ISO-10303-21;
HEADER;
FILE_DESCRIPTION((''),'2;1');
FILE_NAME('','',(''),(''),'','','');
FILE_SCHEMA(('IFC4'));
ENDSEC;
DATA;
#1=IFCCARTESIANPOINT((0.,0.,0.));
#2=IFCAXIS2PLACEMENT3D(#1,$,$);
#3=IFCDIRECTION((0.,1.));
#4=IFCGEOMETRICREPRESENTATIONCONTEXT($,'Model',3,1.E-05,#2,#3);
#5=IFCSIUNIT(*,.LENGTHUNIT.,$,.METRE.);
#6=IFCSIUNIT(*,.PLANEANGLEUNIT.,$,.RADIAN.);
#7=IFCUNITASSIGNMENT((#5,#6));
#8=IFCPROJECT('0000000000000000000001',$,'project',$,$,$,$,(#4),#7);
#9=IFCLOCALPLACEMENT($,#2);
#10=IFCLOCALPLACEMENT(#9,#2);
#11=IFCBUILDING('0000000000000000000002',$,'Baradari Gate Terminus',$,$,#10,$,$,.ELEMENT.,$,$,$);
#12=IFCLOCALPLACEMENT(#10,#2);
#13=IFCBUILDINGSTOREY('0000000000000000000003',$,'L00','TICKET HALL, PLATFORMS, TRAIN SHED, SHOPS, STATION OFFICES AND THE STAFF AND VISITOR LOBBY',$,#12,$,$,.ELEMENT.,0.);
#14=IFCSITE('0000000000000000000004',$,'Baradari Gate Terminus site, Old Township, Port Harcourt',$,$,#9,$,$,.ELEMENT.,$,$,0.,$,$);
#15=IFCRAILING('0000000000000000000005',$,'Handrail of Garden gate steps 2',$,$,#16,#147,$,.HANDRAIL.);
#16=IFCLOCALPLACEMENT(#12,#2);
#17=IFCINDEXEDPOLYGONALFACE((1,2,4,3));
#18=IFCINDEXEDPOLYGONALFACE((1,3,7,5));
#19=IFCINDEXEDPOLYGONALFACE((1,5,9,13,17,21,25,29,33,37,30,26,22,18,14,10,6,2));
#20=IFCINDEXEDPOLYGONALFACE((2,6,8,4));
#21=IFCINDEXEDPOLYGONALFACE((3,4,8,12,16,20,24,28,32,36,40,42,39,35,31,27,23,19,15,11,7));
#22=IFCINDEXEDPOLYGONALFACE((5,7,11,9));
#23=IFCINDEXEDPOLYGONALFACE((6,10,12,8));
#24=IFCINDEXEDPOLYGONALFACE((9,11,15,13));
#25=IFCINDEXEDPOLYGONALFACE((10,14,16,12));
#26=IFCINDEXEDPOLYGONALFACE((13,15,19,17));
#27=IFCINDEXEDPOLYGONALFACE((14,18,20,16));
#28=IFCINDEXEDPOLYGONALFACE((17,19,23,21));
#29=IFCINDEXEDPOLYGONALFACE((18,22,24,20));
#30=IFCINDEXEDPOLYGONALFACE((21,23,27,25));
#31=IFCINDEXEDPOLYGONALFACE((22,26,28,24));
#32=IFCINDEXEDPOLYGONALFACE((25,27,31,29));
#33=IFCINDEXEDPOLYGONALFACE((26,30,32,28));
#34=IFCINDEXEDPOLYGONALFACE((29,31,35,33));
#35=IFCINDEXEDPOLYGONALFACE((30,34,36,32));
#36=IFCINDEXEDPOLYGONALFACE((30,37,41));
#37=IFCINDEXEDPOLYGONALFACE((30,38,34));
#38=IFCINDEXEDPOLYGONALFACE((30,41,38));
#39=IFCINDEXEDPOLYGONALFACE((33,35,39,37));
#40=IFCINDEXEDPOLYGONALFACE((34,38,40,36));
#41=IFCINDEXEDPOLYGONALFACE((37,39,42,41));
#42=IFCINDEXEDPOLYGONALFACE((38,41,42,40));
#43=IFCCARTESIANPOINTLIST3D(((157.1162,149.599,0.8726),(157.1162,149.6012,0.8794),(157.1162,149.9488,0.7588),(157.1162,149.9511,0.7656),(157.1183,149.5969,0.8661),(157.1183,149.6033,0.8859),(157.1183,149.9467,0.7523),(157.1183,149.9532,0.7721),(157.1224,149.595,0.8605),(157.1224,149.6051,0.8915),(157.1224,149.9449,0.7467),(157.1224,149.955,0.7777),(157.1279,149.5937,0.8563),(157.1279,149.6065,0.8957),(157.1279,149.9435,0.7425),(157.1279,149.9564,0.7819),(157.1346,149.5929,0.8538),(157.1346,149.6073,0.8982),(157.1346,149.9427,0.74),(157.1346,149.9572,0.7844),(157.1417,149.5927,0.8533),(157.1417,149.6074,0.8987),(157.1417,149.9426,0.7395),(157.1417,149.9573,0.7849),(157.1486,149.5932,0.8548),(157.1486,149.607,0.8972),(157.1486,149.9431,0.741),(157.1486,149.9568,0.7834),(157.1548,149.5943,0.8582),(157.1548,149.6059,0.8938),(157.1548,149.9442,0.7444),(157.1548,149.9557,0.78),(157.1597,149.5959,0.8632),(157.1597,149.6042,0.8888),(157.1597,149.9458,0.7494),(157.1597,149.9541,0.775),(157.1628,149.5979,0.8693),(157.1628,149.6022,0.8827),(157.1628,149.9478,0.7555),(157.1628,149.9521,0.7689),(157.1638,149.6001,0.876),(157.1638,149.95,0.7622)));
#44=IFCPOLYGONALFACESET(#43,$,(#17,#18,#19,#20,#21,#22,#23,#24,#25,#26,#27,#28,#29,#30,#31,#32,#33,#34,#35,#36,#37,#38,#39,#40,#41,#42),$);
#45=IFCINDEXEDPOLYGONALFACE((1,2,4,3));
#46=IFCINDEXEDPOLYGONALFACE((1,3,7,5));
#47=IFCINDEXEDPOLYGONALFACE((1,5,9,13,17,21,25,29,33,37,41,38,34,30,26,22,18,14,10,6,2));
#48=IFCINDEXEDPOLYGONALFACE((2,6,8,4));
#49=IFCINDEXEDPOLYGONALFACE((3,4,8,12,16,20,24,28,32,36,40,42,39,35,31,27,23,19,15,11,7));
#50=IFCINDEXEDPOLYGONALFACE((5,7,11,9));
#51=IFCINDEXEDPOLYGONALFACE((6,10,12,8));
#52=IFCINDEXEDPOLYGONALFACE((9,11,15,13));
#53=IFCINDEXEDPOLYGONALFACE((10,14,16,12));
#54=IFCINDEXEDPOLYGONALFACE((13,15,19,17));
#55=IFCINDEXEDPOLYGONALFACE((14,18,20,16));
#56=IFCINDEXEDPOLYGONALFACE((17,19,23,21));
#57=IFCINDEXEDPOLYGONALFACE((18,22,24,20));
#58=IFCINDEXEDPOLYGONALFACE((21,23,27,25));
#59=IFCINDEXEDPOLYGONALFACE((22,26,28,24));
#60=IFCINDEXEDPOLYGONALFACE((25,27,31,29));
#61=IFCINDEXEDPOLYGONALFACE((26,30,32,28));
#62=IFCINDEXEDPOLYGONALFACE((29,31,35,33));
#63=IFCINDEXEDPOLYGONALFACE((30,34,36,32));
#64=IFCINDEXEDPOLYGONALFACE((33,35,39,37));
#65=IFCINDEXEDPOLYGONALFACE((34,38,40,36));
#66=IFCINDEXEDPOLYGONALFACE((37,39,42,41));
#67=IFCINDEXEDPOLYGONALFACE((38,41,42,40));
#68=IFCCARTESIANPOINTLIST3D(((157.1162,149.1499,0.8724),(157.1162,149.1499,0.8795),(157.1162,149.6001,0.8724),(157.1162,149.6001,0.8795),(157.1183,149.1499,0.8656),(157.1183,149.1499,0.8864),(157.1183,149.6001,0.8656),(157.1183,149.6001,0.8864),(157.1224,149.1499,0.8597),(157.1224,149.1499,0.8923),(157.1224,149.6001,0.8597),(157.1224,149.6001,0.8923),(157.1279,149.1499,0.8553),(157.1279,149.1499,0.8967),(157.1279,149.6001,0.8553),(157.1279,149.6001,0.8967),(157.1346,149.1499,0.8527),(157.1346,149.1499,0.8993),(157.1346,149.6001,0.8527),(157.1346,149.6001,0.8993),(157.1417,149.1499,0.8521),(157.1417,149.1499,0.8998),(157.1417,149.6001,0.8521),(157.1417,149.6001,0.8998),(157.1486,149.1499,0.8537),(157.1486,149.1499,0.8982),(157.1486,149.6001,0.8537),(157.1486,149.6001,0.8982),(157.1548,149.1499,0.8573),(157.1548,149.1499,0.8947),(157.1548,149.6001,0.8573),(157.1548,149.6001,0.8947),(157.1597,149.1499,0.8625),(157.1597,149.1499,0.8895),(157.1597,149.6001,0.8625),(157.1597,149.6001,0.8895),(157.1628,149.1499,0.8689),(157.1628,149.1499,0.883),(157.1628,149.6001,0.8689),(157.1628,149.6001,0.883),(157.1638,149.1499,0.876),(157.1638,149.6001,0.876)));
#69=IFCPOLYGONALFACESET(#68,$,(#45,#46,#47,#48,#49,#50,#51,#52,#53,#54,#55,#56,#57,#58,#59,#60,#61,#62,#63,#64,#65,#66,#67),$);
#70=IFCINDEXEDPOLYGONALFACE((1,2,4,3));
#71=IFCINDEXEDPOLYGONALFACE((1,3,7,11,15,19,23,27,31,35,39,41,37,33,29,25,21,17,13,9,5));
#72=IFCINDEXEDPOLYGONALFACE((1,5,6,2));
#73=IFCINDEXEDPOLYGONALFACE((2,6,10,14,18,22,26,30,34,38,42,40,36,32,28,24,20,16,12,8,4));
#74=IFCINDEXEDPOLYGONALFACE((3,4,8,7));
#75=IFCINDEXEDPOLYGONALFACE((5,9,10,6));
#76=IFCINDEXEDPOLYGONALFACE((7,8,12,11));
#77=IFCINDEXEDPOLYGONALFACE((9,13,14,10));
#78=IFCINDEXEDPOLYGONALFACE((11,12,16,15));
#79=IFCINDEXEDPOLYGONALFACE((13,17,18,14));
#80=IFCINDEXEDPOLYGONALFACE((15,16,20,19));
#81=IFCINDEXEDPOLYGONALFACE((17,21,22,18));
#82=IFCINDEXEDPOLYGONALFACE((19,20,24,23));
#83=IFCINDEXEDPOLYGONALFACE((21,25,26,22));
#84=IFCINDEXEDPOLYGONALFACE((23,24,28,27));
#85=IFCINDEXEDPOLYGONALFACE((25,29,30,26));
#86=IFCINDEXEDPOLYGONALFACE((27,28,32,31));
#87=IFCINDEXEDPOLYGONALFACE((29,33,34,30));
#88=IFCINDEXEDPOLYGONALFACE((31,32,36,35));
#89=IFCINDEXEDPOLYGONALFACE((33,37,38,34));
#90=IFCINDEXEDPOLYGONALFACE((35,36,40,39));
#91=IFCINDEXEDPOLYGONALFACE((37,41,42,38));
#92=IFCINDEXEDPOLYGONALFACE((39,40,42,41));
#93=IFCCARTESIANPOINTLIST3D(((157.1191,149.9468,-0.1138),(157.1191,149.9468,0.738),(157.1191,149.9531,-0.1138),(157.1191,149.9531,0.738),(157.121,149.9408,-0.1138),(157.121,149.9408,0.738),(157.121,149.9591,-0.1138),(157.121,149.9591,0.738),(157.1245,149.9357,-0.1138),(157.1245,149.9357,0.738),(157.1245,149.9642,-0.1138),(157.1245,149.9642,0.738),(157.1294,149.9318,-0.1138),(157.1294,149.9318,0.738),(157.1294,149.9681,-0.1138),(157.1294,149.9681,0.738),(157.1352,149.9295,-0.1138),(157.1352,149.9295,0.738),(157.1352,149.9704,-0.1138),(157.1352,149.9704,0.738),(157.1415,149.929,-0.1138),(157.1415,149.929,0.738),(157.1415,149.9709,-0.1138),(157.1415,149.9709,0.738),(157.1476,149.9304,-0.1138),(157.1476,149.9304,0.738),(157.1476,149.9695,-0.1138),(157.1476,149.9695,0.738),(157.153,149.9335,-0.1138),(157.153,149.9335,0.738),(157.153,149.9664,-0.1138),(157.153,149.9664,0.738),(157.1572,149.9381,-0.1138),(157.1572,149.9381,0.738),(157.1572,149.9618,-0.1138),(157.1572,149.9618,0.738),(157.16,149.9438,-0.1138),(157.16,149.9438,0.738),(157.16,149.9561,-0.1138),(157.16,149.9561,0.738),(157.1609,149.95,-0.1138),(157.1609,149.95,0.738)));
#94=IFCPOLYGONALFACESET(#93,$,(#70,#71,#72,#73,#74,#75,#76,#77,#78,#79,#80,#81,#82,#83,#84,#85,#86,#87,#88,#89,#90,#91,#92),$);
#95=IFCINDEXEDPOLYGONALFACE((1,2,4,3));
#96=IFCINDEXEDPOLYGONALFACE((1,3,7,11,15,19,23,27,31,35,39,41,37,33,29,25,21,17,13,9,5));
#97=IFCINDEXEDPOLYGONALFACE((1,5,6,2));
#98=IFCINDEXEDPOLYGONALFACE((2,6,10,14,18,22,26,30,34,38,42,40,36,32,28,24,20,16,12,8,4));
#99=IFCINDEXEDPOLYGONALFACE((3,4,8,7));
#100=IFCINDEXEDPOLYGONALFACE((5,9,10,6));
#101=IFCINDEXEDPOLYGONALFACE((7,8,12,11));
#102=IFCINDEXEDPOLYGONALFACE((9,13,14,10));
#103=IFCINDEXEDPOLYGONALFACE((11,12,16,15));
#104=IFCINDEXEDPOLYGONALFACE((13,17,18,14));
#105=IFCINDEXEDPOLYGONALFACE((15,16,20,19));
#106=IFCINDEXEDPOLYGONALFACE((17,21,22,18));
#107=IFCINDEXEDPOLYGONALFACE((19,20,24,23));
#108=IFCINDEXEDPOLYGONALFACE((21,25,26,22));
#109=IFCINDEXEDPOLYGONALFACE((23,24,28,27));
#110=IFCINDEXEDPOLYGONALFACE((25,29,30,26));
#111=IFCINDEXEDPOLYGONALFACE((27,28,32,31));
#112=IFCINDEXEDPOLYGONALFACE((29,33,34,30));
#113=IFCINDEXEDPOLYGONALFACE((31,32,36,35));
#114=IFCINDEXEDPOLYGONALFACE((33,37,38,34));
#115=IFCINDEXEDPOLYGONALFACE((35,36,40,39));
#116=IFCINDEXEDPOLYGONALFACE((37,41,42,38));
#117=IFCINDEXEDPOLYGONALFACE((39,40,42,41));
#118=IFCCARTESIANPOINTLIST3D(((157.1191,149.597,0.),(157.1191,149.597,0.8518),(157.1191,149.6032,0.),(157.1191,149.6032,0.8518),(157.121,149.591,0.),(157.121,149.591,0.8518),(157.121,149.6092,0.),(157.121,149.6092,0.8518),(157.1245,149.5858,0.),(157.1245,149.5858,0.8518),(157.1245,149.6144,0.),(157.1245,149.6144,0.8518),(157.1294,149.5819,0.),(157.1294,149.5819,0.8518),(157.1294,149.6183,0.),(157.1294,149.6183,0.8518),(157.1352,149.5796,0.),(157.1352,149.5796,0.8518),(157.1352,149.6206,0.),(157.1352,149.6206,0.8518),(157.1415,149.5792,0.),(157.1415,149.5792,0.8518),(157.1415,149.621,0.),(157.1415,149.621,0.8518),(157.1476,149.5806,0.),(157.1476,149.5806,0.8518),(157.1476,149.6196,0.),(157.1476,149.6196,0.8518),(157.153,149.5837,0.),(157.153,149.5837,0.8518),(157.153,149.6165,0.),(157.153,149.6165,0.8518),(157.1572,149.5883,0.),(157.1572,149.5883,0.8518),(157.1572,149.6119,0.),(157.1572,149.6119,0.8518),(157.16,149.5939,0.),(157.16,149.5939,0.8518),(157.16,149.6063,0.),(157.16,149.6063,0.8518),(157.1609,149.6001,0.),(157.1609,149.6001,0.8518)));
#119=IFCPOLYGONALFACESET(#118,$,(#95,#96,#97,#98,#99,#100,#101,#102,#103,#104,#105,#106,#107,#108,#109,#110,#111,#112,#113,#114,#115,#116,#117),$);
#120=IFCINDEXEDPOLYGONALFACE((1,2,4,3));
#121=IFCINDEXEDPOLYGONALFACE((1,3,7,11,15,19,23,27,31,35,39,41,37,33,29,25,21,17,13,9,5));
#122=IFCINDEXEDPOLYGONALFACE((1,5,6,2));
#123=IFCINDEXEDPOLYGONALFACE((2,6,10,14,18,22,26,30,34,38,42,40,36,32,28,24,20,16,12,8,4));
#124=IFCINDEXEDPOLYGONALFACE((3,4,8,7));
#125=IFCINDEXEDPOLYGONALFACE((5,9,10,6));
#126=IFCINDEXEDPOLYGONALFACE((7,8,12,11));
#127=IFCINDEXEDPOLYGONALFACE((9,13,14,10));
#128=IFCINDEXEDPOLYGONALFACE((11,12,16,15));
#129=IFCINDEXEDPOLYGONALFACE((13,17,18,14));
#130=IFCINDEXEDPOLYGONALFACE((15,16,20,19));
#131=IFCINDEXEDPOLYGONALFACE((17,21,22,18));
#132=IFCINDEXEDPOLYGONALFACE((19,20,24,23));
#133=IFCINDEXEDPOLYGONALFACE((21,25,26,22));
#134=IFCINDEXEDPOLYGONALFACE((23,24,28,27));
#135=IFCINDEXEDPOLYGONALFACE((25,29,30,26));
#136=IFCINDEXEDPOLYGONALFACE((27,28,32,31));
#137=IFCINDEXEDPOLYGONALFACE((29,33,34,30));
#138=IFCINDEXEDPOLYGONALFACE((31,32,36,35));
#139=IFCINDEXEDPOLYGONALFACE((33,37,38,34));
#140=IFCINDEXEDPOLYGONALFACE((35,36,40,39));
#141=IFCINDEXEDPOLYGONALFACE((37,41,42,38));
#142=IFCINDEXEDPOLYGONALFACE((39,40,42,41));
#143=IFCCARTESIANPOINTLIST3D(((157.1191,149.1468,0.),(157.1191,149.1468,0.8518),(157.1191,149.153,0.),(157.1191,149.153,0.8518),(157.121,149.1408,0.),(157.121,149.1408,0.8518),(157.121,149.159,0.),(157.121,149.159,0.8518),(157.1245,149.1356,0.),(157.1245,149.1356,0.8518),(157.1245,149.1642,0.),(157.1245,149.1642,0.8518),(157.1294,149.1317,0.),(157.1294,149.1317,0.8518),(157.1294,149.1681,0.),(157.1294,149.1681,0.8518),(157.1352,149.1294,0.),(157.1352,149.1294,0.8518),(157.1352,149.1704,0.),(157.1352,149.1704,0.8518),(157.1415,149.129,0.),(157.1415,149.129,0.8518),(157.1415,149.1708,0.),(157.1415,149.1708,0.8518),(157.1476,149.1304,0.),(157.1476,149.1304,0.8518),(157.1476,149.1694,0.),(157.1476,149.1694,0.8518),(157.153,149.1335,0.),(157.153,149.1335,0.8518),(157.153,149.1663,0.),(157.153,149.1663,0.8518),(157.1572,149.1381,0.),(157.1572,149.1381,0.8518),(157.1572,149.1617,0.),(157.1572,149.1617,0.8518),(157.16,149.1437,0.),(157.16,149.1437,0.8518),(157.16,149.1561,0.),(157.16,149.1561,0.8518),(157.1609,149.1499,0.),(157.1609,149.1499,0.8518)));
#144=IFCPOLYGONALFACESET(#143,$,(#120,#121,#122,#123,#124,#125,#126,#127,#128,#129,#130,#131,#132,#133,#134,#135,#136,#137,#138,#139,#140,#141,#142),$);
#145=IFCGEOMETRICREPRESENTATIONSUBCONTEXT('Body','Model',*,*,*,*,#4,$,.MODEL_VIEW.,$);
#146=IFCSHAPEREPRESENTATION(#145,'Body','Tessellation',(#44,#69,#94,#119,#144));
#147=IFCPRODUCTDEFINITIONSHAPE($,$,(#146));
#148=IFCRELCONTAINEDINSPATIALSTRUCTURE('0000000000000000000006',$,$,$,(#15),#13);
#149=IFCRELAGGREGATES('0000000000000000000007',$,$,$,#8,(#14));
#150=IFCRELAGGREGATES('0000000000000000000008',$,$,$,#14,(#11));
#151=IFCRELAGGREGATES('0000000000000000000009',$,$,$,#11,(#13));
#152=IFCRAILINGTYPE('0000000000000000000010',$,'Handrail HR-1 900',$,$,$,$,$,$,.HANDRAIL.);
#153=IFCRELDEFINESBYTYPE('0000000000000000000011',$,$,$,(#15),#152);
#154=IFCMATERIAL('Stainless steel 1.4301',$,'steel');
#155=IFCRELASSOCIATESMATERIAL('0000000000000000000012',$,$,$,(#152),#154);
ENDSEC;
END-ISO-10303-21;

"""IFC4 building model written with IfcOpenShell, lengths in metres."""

from ifc_helpers import new_model, si_unit, direction, frame, origin, origin_2d, place, context, subcontext, project, spatial, circle, extrude, material, type_object, element, save


model = new_model("IFC4")

# Units and contexts
model_context = context("Model", 3, precision=1e-05, world=origin(), true_north=direction((0.0, 1.0)))
body_context = subcontext(model_context, "Body", "Model", "MODEL_VIEW")
ifc_project = project(units=[si_unit("LENGTHUNIT", "METRE"), si_unit("PLANEANGLEUNIT", "RADIAN")], contexts=[model_context])

# Site, building, storey
site_placement = place(None, origin())
site = spatial("IfcSite", under=ifc_project, at=site_placement, Name="Baradari Gate Terminus site, Old Township, Port Harcourt", CompositionType="ELEMENT", RefElevation=0.0)
building_placement = place(site_placement, origin())
building = spatial("IfcBuilding", under=site, at=building_placement, Name="Baradari Gate Terminus", CompositionType="ELEMENT")
storey_placement = place(building_placement, origin())
storey = spatial("IfcBuildingStorey", under=building, at=storey_placement, Name="L00", Description="TICKET HALL, PLATFORMS, TRAIN SHED, SHOPS, STATION OFFICES AND THE STAFF AND VISITOR LOBBY", CompositionType="ELEMENT", Elevation=0.0)

# Railing
ifc_material_1 = material(Name="Stainless steel 1.4301", Category="steel")
railing_type = type_object("IfcRailingType", Name="Handrail HR-1 900", PredefinedType="HANDRAIL", material=ifc_material_1)
for number, where, name in (
    (1, (157.1399, 149.95, -0.1138), "Handrail of Garden gate steps 2"),
):
    element("IfcRailing", number, at=place(storey_placement, frame(where)), inside=storey, type_object=railing_type, Name=name, PredefinedType="HANDRAIL", context=body_context, shape_type="SweptSolid", body=[
        extrude(circle(Radius=0.0239, at=origin_2d()), frame((0.0, 0.0, 0.876), z_axis=(0.0, -0.95098, 0.309251), x_axis=(1.0, 0.0, 0.0)), (0.0, 0.0, 1.0), 0.3679),
        extrude(circle(Radius=0.0239, at=origin_2d()), frame((0.0, -0.3499, 0.9897), z_axis=(0.0, -1.0, 0.0), x_axis=(1.0, 0.0, 0.0)), (0.0, 0.0, 1.0), 0.4502),
        extrude(circle(Radius=0.021, at=origin_2d()), origin(), (0.0, 0.0, 1.0), 0.8518),
        extrude(circle(Radius=0.021, at=origin_2d()), frame((0.0, -0.3499, 0.1138)), (0.0, 0.0, 1.0), 0.8518),
        extrude(circle(Radius=0.021, at=origin_2d()), frame((0.0, -0.8, 0.1138)), (0.0, 0.0, 1.0), 0.8518),
    ])

save(model, "model.ifc")
